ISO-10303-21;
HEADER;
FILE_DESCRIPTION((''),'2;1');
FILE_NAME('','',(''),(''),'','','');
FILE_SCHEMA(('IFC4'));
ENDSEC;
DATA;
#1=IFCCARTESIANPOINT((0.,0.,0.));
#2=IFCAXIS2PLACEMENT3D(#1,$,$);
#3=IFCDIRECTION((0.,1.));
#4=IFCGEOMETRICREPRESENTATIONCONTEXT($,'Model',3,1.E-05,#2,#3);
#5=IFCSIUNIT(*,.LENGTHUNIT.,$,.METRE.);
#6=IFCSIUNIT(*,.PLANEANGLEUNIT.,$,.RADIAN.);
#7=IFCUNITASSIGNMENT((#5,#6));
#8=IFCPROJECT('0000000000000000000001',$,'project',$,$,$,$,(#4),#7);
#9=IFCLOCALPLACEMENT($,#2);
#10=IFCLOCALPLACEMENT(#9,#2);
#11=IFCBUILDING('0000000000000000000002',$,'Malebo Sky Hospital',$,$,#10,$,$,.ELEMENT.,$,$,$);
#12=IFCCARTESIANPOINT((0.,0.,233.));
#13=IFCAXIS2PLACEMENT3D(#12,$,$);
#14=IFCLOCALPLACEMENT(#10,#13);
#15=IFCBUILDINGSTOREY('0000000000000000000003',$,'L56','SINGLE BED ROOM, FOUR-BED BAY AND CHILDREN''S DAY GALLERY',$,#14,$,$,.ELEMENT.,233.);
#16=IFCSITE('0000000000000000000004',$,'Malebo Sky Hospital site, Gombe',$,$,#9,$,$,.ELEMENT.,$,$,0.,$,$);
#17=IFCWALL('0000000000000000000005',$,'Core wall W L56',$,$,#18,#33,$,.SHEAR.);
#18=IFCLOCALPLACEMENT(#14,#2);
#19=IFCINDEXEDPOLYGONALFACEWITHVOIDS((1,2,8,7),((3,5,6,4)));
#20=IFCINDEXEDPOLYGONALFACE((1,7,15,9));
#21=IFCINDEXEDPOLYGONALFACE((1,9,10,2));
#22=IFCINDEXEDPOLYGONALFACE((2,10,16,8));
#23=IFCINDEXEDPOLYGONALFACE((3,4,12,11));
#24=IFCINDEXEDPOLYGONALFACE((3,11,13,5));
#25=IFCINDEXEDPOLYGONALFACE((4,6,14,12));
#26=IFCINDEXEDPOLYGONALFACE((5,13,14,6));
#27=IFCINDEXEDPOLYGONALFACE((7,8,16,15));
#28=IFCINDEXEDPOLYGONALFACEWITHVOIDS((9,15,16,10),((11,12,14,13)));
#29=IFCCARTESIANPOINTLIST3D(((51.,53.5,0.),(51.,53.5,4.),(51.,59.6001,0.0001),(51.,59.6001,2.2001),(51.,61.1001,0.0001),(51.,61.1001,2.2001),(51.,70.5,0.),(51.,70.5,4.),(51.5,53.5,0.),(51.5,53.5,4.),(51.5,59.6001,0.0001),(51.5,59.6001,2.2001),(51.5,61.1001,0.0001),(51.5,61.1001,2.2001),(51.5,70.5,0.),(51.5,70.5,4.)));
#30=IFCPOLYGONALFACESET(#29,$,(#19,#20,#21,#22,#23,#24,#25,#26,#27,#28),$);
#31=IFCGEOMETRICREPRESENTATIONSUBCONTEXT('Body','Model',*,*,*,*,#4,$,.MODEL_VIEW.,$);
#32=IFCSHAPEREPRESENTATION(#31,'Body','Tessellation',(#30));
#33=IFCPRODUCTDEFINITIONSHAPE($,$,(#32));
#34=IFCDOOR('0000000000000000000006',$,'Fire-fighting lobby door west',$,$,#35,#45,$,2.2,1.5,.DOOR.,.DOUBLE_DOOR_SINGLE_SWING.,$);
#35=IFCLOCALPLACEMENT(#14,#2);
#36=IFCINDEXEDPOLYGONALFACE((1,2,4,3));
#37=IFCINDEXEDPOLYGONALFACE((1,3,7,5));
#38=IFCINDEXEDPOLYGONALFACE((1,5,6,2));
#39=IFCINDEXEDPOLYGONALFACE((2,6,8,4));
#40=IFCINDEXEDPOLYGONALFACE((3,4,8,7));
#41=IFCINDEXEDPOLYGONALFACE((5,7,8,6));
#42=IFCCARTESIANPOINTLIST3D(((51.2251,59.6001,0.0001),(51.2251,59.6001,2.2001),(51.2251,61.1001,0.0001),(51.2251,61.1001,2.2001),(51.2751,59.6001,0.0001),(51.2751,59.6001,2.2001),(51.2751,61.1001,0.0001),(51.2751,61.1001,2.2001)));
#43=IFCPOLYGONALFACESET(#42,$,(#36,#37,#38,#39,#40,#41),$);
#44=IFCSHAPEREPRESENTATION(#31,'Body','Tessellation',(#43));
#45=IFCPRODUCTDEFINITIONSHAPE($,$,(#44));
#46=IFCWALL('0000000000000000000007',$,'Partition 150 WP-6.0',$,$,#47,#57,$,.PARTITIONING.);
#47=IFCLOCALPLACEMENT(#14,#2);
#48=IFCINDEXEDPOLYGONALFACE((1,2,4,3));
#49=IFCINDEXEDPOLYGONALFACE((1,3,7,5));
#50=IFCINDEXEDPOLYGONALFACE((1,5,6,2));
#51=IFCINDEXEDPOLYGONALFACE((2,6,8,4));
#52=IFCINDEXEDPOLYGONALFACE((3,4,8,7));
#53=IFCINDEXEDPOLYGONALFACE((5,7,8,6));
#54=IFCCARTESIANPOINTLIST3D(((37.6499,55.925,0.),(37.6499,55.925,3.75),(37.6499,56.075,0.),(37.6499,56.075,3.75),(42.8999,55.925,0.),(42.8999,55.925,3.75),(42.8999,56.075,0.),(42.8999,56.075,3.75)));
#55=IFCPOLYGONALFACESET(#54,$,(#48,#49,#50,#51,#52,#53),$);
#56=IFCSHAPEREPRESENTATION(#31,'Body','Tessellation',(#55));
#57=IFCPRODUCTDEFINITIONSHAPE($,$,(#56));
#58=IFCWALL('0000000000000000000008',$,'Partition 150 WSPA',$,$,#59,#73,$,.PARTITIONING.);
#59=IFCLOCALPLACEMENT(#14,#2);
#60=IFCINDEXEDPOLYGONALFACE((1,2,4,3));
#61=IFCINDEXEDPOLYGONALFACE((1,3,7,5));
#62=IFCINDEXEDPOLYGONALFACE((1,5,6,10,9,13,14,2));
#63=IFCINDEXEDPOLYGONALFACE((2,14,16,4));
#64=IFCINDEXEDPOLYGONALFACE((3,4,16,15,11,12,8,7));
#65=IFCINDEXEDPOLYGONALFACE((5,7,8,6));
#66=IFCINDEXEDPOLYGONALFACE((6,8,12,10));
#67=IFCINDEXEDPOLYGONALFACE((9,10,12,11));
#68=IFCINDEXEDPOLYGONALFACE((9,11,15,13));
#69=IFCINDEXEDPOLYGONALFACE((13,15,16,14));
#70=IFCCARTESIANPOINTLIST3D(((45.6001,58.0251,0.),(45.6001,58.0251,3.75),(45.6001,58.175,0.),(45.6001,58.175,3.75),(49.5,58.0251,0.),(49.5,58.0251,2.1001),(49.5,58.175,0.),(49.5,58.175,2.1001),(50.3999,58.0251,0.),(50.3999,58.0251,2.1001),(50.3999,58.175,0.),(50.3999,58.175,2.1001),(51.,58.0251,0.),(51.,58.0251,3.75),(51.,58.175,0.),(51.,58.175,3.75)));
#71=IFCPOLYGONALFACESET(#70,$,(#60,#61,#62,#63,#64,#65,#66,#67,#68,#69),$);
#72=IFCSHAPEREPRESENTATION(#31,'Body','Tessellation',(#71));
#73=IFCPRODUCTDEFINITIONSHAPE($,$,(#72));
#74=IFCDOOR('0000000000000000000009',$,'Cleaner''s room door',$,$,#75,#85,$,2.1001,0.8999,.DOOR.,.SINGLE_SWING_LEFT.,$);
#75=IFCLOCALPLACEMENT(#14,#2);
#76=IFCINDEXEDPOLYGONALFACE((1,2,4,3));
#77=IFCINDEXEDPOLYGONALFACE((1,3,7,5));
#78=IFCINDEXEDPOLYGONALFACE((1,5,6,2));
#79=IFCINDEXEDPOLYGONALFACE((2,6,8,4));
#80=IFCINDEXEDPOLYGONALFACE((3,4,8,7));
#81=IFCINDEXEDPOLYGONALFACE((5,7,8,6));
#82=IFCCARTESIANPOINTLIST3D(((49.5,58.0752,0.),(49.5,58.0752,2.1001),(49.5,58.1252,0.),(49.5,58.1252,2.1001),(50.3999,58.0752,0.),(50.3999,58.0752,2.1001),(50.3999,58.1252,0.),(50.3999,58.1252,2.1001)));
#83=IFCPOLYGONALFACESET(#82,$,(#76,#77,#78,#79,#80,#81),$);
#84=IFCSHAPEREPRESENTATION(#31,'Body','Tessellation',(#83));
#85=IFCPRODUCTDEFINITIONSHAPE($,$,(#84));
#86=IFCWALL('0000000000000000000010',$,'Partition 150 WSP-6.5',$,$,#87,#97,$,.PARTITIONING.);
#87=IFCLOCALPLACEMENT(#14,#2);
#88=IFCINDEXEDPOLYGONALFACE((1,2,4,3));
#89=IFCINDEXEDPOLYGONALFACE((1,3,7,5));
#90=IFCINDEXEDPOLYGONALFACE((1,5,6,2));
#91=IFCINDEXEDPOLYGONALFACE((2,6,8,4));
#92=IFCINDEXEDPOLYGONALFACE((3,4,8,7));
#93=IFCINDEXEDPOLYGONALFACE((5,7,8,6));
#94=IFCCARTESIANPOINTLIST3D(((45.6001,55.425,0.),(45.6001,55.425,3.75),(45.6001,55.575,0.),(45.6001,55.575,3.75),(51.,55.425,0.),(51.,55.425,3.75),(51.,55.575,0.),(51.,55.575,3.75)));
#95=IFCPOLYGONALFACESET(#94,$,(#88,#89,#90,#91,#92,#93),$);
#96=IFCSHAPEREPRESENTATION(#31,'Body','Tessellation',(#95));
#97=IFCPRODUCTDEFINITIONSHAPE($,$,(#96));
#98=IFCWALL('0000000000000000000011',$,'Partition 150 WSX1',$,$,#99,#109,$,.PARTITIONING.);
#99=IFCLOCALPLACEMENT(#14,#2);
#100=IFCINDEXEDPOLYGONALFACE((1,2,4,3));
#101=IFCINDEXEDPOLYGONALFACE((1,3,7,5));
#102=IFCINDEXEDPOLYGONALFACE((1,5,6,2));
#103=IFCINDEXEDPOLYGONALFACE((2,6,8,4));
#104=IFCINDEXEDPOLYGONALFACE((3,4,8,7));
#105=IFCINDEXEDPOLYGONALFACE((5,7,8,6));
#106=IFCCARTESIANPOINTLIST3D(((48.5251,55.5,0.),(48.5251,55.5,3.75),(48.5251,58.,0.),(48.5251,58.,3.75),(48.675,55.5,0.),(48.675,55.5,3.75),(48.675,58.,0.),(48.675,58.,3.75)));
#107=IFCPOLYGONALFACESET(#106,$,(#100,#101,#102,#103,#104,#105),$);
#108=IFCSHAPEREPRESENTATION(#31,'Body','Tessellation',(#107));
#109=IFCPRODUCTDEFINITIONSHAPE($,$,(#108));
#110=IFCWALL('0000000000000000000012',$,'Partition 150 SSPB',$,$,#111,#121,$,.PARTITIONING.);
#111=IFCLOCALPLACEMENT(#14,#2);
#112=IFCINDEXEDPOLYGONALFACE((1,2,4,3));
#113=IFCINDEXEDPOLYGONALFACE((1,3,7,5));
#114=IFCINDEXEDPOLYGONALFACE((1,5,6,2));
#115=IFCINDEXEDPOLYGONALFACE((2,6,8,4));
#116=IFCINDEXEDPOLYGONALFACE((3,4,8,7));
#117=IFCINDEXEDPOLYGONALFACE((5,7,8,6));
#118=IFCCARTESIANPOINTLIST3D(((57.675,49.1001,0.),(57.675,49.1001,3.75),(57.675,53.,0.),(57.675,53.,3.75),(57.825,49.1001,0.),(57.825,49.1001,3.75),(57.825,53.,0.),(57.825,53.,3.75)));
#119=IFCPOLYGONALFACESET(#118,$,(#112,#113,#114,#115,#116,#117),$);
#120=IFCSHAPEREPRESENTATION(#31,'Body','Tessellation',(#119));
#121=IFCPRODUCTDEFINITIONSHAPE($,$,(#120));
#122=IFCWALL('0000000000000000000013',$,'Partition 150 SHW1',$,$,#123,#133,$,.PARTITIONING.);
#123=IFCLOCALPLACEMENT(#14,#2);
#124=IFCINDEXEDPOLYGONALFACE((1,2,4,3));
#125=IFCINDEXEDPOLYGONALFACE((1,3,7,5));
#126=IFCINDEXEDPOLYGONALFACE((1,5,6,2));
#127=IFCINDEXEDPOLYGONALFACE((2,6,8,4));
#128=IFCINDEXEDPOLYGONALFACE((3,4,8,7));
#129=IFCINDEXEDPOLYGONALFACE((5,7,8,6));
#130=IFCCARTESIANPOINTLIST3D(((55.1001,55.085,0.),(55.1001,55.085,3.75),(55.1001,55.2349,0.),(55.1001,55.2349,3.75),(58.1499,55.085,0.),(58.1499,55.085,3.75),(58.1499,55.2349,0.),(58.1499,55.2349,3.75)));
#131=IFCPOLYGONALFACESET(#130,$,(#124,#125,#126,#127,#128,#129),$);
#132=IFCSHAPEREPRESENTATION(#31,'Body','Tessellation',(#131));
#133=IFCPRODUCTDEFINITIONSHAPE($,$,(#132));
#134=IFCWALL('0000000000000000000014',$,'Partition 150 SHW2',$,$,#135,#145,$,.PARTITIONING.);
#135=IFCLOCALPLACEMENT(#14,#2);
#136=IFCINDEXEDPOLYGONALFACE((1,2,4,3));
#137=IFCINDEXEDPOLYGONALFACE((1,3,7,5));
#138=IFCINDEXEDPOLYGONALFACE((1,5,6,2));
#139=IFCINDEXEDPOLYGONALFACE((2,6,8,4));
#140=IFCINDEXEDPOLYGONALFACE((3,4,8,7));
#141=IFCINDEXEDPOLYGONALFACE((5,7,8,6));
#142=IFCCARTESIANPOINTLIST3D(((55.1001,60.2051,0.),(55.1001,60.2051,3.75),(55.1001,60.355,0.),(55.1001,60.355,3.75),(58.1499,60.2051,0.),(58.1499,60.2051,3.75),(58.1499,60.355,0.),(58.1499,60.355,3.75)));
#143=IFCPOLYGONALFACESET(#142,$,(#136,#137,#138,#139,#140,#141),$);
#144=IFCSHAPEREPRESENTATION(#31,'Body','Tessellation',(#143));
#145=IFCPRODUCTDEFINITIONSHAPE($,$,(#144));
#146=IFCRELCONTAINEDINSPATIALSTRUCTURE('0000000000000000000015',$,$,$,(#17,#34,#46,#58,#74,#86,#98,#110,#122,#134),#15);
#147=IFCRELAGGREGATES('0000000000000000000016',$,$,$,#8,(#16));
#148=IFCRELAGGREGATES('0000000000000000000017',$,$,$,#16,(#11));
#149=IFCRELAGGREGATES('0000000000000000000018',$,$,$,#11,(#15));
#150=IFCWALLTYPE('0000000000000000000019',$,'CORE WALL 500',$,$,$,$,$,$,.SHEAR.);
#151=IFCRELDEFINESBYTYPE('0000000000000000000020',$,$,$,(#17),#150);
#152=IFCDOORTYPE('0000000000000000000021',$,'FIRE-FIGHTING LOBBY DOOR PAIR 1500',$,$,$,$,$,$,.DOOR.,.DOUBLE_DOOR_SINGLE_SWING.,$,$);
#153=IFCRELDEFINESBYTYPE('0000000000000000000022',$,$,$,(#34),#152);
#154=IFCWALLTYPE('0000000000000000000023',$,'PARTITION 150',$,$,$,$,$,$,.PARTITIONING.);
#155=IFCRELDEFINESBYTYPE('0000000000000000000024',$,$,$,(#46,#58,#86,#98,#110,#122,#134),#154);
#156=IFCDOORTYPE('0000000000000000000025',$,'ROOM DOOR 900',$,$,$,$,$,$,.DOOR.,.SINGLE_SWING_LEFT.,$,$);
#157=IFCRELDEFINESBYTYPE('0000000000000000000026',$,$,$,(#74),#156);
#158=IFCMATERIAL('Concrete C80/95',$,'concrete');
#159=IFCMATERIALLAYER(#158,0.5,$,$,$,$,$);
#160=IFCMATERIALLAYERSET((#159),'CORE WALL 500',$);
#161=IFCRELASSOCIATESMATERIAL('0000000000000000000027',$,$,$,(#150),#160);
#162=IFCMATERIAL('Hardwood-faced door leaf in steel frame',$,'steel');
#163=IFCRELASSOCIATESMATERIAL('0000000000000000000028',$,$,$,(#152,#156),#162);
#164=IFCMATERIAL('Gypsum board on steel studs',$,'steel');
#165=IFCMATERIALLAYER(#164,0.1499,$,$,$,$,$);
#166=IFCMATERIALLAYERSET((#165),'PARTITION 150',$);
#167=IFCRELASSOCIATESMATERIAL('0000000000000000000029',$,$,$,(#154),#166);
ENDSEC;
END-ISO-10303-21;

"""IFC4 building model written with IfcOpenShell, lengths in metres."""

from ifc_helpers import new_model, si_unit, direction, frame, frame_2d, origin, place, context, subcontext, project, spatial, rectangle, extrude, material, layer, layer_set, type_object, element, fill, save


model = new_model("IFC4")

# Units and contexts
model_context = context("Model", 3, precision=1e-05, world=origin(), true_north=direction((0.0, 1.0)))
body_context = subcontext(model_context, "Body", "Model", "MODEL_VIEW")
ifc_project = project(units=[si_unit("LENGTHUNIT", "METRE"), si_unit("PLANEANGLEUNIT", "RADIAN")], contexts=[model_context])

# Site, building, storey
site_placement = place(None, origin())
site = spatial("IfcSite", under=ifc_project, at=site_placement, Name="Malebo Sky Hospital site, Gombe", CompositionType="ELEMENT", RefElevation=0.0)
building_placement = place(site_placement, origin())
building = spatial("IfcBuilding", under=site, at=building_placement, Name="Malebo Sky Hospital", CompositionType="ELEMENT")
storey_placement = place(building_placement, frame((0.0, 0.0, 233.0)))
storey = spatial("IfcBuildingStorey", under=building, at=storey_placement, Name="L56", Description="SINGLE BED ROOM, FOUR-BED BAY AND CHILDREN'S DAY GALLERY", CompositionType="ELEMENT", Elevation=233.0)

# Shared definitions
ifc_material_1 = material(Name="Concrete C80/95", Category="concrete")

# Wall, opening, door
ifc_layer_1 = layer(ifc_material_1, 0.5)
ifc_layer_set_1 = layer_set([ifc_layer_1], Name="CORE WALL 500")
wall_type_1 = type_object("IfcWallType", Name="CORE WALL 500", PredefinedType="SHEAR", material=ifc_layer_set_1)
ifc_material_2 = material(Name="Hardwood-faced door leaf in steel frame", Category="steel")
wall_1_placement = place(storey_placement, frame((51.25, 53.5, 0.0), z_axis=(0.0, 0.0, 1.0), x_axis=(0.0, 1.0, 0.0)))
wall_1 = element("IfcWall", 1, at=wall_1_placement, inside=storey, type_object=wall_type_1, Name="Core wall W L56", PredefinedType="SHEAR", context=body_context, shape_type="SweptSolid", body=[
    extrude(rectangle(XDim=17.0, YDim=0.5, at=frame_2d((8.5, 0.0))), origin(), (0.0, 0.0, 1.0), 4.0),
])
opening_1_placement = place(wall_1_placement, frame((6.1001, 0.0, 0.0)))
opening_1 = element("IfcOpeningElement", 2, at=opening_1_placement, cuts=wall_1, PredefinedType="OPENING", context=body_context, shape_type="SweptSolid", body=[
    extrude(rectangle(XDim=1.5, YDim=2.2, at=frame_2d((0.75, 1.1001))), frame((0.0, 0.26, 0.0), z_axis=(0.0, -1.0, 0.0), x_axis=(1.0, 0.0, 0.0)), (0.0, 0.0, 1.0), 0.52),
])
door_type_1 = type_object("IfcDoorType", Name="FIRE-FIGHTING LOBBY DOOR PAIR 1500", OperationType="DOUBLE_DOOR_SINGLE_SWING", PredefinedType="DOOR", material=ifc_material_2)
door_1_placement = place(opening_1_placement, origin())
door_1 = element("IfcDoor", 3, at=door_1_placement, inside=storey, type_object=door_type_1, Name="Fire-fighting lobby door west", OperationType="DOUBLE_DOOR_SINGLE_SWING", OverallHeight=2.2, OverallWidth=1.5, PredefinedType="DOOR", context=body_context, shape_type="SweptSolid", body=[
    extrude(rectangle(XDim=1.5, YDim=2.2, at=frame_2d((0.75, 1.1001))), frame((0.0, 0.0249, 0.0), z_axis=(0.0, -1.0, 0.0), x_axis=(1.0, 0.0, 0.0)), (0.0, 0.0, 1.0), 0.05),
])
fill(opening_1, door_1)

# Wall
ifc_material_3 = material(Name="Gypsum board on steel studs", Category="steel")
ifc_layer_2 = layer(ifc_material_3, 0.1499)
ifc_layer_set_2 = layer_set([ifc_layer_2], Name="PARTITION 150")
wall_type_2 = type_object("IfcWallType", Name="PARTITION 150", PredefinedType="PARTITIONING", material=ifc_layer_set_2)
wall_2_placement = place(storey_placement, frame((42.8999, 56.0, 0.0), z_axis=(0.0, 0.0, 1.0), x_axis=(-1.0, 0.0, 0.0)))
element("IfcWall", 4, at=wall_2_placement, inside=storey, type_object=wall_type_2, Name="Partition 150 WP-6.0", PredefinedType="PARTITIONING", context=body_context, shape_type="SweptSolid", body=[
    extrude(rectangle(XDim=5.25, YDim=0.1499, at=frame_2d((2.625, 0.0))), origin(), (0.0, 0.0, 1.0), 3.75),
])

# Wall, opening, door
wall_3_placement = place(storey_placement, frame((51.0, 58.1001, 0.0), z_axis=(0.0, 0.0, 1.0), x_axis=(-1.0, 0.0, 0.0)))
wall_3 = element("IfcWall", 5, at=wall_3_placement, inside=storey, type_object=wall_type_2, Name="Partition 150 WSPA", PredefinedType="PARTITIONING", context=body_context, shape_type="SweptSolid", body=[
    extrude(rectangle(XDim=5.3999, YDim=0.1499, at=frame_2d((2.7, 0.0))), origin(), (0.0, 0.0, 1.0), 3.75),
])
opening_2_placement = place(wall_3_placement, frame((0.6001, 0.0, 0.0)))
opening_2 = element("IfcOpeningElement", 6, at=opening_2_placement, cuts=wall_3, PredefinedType="OPENING", context=body_context, shape_type="SweptSolid", body=[
    extrude(rectangle(XDim=0.8999, YDim=2.1001, at=frame_2d((0.45, 1.05))), frame((0.0, 0.085, 0.0), z_axis=(0.0, -1.0, 0.0), x_axis=(1.0, 0.0, 0.0)), (0.0, 0.0, 1.0), 0.1699),
])
door_type_2 = type_object("IfcDoorType", Name="ROOM DOOR 900", OperationType="SINGLE_SWING_LEFT", PredefinedType="DOOR", material=ifc_material_2)
door_2_placement = place(opening_2_placement, origin())
door_2 = element("IfcDoor", 7, at=door_2_placement, inside=storey, type_object=door_type_2, Name="Cleaner's room door", OperationType="SINGLE_SWING_LEFT", OverallHeight=2.1001, OverallWidth=0.8999, PredefinedType="DOOR", context=body_context, shape_type="SweptSolid", body=[
    extrude(rectangle(XDim=0.8999, YDim=2.1001, at=frame_2d((0.45, 1.05))), frame((0.0, 0.0249, 0.0), z_axis=(0.0, -1.0, 0.0), x_axis=(1.0, 0.0, 0.0)), (0.0, 0.0, 1.0), 0.05),
])
fill(opening_2, door_2)

# Walls
wall_4_placement = place(storey_placement, frame((51.0, 55.5, 0.0), z_axis=(0.0, 0.0, 1.0), x_axis=(-1.0, 0.0, 0.0)))
element("IfcWall", 8, at=wall_4_placement, inside=storey, type_object=wall_type_2, Name="Partition 150 WSP-6.5", PredefinedType="PARTITIONING", context=body_context, shape_type="SweptSolid", body=[
    extrude(rectangle(XDim=5.3999, YDim=0.1499, at=frame_2d((2.7, 0.0))), origin(), (0.0, 0.0, 1.0), 3.75),
])
wall_5_placement = place(storey_placement, frame((48.6001, 55.5, 0.0), z_axis=(0.0, 0.0, 1.0), x_axis=(0.0, 1.0, 0.0)))
element("IfcWall", 9, at=wall_5_placement, inside=storey, type_object=wall_type_2, Name="Partition 150 WSX1", PredefinedType="PARTITIONING", context=body_context, shape_type="SweptSolid", body=[
    extrude(rectangle(XDim=2.5, YDim=0.1499, at=frame_2d((1.25, 0.0))), origin(), (0.0, 0.0, 1.0), 3.75),
])
wall_6_placement = place(storey_placement, frame((57.75, 53.0, 0.0), z_axis=(0.0, 0.0, 1.0), x_axis=(0.0, -1.0, 0.0)))
element("IfcWall", 10, at=wall_6_placement, inside=storey, type_object=wall_type_2, Name="Partition 150 SSPB", PredefinedType="PARTITIONING", context=body_context, shape_type="SweptSolid", body=[
    extrude(rectangle(XDim=3.8999, YDim=0.1499, at=frame_2d((1.95, 0.0))), origin(), (0.0, 0.0, 1.0), 3.75),
])
for number, where, z_axis, x_axis, name in (
    (11, (55.1001, 55.1599, 0.0), (0.0, 0.0, 1.0), (1.0, 0.0, 0.0), "Partition 150 SHW1"),
    (12, (55.1001, 60.28, 0.0), (0.0, 0.0, 1.0), (1.0, 0.0, 0.0), "Partition 150 SHW2"),
):
    element("IfcWall", number, at=place(storey_placement, frame(where, z_axis=z_axis, x_axis=x_axis)), inside=storey, type_object=wall_type_2, Name=name, PredefinedType="PARTITIONING", context=body_context, shape_type="SweptSolid", body=[
        extrude(rectangle(XDim=3.0498, YDim=0.1499, at=frame_2d((1.5249, 0.0))), origin(), (0.0, 0.0, 1.0), 3.75),
    ])

save(model, "model.ifc")
